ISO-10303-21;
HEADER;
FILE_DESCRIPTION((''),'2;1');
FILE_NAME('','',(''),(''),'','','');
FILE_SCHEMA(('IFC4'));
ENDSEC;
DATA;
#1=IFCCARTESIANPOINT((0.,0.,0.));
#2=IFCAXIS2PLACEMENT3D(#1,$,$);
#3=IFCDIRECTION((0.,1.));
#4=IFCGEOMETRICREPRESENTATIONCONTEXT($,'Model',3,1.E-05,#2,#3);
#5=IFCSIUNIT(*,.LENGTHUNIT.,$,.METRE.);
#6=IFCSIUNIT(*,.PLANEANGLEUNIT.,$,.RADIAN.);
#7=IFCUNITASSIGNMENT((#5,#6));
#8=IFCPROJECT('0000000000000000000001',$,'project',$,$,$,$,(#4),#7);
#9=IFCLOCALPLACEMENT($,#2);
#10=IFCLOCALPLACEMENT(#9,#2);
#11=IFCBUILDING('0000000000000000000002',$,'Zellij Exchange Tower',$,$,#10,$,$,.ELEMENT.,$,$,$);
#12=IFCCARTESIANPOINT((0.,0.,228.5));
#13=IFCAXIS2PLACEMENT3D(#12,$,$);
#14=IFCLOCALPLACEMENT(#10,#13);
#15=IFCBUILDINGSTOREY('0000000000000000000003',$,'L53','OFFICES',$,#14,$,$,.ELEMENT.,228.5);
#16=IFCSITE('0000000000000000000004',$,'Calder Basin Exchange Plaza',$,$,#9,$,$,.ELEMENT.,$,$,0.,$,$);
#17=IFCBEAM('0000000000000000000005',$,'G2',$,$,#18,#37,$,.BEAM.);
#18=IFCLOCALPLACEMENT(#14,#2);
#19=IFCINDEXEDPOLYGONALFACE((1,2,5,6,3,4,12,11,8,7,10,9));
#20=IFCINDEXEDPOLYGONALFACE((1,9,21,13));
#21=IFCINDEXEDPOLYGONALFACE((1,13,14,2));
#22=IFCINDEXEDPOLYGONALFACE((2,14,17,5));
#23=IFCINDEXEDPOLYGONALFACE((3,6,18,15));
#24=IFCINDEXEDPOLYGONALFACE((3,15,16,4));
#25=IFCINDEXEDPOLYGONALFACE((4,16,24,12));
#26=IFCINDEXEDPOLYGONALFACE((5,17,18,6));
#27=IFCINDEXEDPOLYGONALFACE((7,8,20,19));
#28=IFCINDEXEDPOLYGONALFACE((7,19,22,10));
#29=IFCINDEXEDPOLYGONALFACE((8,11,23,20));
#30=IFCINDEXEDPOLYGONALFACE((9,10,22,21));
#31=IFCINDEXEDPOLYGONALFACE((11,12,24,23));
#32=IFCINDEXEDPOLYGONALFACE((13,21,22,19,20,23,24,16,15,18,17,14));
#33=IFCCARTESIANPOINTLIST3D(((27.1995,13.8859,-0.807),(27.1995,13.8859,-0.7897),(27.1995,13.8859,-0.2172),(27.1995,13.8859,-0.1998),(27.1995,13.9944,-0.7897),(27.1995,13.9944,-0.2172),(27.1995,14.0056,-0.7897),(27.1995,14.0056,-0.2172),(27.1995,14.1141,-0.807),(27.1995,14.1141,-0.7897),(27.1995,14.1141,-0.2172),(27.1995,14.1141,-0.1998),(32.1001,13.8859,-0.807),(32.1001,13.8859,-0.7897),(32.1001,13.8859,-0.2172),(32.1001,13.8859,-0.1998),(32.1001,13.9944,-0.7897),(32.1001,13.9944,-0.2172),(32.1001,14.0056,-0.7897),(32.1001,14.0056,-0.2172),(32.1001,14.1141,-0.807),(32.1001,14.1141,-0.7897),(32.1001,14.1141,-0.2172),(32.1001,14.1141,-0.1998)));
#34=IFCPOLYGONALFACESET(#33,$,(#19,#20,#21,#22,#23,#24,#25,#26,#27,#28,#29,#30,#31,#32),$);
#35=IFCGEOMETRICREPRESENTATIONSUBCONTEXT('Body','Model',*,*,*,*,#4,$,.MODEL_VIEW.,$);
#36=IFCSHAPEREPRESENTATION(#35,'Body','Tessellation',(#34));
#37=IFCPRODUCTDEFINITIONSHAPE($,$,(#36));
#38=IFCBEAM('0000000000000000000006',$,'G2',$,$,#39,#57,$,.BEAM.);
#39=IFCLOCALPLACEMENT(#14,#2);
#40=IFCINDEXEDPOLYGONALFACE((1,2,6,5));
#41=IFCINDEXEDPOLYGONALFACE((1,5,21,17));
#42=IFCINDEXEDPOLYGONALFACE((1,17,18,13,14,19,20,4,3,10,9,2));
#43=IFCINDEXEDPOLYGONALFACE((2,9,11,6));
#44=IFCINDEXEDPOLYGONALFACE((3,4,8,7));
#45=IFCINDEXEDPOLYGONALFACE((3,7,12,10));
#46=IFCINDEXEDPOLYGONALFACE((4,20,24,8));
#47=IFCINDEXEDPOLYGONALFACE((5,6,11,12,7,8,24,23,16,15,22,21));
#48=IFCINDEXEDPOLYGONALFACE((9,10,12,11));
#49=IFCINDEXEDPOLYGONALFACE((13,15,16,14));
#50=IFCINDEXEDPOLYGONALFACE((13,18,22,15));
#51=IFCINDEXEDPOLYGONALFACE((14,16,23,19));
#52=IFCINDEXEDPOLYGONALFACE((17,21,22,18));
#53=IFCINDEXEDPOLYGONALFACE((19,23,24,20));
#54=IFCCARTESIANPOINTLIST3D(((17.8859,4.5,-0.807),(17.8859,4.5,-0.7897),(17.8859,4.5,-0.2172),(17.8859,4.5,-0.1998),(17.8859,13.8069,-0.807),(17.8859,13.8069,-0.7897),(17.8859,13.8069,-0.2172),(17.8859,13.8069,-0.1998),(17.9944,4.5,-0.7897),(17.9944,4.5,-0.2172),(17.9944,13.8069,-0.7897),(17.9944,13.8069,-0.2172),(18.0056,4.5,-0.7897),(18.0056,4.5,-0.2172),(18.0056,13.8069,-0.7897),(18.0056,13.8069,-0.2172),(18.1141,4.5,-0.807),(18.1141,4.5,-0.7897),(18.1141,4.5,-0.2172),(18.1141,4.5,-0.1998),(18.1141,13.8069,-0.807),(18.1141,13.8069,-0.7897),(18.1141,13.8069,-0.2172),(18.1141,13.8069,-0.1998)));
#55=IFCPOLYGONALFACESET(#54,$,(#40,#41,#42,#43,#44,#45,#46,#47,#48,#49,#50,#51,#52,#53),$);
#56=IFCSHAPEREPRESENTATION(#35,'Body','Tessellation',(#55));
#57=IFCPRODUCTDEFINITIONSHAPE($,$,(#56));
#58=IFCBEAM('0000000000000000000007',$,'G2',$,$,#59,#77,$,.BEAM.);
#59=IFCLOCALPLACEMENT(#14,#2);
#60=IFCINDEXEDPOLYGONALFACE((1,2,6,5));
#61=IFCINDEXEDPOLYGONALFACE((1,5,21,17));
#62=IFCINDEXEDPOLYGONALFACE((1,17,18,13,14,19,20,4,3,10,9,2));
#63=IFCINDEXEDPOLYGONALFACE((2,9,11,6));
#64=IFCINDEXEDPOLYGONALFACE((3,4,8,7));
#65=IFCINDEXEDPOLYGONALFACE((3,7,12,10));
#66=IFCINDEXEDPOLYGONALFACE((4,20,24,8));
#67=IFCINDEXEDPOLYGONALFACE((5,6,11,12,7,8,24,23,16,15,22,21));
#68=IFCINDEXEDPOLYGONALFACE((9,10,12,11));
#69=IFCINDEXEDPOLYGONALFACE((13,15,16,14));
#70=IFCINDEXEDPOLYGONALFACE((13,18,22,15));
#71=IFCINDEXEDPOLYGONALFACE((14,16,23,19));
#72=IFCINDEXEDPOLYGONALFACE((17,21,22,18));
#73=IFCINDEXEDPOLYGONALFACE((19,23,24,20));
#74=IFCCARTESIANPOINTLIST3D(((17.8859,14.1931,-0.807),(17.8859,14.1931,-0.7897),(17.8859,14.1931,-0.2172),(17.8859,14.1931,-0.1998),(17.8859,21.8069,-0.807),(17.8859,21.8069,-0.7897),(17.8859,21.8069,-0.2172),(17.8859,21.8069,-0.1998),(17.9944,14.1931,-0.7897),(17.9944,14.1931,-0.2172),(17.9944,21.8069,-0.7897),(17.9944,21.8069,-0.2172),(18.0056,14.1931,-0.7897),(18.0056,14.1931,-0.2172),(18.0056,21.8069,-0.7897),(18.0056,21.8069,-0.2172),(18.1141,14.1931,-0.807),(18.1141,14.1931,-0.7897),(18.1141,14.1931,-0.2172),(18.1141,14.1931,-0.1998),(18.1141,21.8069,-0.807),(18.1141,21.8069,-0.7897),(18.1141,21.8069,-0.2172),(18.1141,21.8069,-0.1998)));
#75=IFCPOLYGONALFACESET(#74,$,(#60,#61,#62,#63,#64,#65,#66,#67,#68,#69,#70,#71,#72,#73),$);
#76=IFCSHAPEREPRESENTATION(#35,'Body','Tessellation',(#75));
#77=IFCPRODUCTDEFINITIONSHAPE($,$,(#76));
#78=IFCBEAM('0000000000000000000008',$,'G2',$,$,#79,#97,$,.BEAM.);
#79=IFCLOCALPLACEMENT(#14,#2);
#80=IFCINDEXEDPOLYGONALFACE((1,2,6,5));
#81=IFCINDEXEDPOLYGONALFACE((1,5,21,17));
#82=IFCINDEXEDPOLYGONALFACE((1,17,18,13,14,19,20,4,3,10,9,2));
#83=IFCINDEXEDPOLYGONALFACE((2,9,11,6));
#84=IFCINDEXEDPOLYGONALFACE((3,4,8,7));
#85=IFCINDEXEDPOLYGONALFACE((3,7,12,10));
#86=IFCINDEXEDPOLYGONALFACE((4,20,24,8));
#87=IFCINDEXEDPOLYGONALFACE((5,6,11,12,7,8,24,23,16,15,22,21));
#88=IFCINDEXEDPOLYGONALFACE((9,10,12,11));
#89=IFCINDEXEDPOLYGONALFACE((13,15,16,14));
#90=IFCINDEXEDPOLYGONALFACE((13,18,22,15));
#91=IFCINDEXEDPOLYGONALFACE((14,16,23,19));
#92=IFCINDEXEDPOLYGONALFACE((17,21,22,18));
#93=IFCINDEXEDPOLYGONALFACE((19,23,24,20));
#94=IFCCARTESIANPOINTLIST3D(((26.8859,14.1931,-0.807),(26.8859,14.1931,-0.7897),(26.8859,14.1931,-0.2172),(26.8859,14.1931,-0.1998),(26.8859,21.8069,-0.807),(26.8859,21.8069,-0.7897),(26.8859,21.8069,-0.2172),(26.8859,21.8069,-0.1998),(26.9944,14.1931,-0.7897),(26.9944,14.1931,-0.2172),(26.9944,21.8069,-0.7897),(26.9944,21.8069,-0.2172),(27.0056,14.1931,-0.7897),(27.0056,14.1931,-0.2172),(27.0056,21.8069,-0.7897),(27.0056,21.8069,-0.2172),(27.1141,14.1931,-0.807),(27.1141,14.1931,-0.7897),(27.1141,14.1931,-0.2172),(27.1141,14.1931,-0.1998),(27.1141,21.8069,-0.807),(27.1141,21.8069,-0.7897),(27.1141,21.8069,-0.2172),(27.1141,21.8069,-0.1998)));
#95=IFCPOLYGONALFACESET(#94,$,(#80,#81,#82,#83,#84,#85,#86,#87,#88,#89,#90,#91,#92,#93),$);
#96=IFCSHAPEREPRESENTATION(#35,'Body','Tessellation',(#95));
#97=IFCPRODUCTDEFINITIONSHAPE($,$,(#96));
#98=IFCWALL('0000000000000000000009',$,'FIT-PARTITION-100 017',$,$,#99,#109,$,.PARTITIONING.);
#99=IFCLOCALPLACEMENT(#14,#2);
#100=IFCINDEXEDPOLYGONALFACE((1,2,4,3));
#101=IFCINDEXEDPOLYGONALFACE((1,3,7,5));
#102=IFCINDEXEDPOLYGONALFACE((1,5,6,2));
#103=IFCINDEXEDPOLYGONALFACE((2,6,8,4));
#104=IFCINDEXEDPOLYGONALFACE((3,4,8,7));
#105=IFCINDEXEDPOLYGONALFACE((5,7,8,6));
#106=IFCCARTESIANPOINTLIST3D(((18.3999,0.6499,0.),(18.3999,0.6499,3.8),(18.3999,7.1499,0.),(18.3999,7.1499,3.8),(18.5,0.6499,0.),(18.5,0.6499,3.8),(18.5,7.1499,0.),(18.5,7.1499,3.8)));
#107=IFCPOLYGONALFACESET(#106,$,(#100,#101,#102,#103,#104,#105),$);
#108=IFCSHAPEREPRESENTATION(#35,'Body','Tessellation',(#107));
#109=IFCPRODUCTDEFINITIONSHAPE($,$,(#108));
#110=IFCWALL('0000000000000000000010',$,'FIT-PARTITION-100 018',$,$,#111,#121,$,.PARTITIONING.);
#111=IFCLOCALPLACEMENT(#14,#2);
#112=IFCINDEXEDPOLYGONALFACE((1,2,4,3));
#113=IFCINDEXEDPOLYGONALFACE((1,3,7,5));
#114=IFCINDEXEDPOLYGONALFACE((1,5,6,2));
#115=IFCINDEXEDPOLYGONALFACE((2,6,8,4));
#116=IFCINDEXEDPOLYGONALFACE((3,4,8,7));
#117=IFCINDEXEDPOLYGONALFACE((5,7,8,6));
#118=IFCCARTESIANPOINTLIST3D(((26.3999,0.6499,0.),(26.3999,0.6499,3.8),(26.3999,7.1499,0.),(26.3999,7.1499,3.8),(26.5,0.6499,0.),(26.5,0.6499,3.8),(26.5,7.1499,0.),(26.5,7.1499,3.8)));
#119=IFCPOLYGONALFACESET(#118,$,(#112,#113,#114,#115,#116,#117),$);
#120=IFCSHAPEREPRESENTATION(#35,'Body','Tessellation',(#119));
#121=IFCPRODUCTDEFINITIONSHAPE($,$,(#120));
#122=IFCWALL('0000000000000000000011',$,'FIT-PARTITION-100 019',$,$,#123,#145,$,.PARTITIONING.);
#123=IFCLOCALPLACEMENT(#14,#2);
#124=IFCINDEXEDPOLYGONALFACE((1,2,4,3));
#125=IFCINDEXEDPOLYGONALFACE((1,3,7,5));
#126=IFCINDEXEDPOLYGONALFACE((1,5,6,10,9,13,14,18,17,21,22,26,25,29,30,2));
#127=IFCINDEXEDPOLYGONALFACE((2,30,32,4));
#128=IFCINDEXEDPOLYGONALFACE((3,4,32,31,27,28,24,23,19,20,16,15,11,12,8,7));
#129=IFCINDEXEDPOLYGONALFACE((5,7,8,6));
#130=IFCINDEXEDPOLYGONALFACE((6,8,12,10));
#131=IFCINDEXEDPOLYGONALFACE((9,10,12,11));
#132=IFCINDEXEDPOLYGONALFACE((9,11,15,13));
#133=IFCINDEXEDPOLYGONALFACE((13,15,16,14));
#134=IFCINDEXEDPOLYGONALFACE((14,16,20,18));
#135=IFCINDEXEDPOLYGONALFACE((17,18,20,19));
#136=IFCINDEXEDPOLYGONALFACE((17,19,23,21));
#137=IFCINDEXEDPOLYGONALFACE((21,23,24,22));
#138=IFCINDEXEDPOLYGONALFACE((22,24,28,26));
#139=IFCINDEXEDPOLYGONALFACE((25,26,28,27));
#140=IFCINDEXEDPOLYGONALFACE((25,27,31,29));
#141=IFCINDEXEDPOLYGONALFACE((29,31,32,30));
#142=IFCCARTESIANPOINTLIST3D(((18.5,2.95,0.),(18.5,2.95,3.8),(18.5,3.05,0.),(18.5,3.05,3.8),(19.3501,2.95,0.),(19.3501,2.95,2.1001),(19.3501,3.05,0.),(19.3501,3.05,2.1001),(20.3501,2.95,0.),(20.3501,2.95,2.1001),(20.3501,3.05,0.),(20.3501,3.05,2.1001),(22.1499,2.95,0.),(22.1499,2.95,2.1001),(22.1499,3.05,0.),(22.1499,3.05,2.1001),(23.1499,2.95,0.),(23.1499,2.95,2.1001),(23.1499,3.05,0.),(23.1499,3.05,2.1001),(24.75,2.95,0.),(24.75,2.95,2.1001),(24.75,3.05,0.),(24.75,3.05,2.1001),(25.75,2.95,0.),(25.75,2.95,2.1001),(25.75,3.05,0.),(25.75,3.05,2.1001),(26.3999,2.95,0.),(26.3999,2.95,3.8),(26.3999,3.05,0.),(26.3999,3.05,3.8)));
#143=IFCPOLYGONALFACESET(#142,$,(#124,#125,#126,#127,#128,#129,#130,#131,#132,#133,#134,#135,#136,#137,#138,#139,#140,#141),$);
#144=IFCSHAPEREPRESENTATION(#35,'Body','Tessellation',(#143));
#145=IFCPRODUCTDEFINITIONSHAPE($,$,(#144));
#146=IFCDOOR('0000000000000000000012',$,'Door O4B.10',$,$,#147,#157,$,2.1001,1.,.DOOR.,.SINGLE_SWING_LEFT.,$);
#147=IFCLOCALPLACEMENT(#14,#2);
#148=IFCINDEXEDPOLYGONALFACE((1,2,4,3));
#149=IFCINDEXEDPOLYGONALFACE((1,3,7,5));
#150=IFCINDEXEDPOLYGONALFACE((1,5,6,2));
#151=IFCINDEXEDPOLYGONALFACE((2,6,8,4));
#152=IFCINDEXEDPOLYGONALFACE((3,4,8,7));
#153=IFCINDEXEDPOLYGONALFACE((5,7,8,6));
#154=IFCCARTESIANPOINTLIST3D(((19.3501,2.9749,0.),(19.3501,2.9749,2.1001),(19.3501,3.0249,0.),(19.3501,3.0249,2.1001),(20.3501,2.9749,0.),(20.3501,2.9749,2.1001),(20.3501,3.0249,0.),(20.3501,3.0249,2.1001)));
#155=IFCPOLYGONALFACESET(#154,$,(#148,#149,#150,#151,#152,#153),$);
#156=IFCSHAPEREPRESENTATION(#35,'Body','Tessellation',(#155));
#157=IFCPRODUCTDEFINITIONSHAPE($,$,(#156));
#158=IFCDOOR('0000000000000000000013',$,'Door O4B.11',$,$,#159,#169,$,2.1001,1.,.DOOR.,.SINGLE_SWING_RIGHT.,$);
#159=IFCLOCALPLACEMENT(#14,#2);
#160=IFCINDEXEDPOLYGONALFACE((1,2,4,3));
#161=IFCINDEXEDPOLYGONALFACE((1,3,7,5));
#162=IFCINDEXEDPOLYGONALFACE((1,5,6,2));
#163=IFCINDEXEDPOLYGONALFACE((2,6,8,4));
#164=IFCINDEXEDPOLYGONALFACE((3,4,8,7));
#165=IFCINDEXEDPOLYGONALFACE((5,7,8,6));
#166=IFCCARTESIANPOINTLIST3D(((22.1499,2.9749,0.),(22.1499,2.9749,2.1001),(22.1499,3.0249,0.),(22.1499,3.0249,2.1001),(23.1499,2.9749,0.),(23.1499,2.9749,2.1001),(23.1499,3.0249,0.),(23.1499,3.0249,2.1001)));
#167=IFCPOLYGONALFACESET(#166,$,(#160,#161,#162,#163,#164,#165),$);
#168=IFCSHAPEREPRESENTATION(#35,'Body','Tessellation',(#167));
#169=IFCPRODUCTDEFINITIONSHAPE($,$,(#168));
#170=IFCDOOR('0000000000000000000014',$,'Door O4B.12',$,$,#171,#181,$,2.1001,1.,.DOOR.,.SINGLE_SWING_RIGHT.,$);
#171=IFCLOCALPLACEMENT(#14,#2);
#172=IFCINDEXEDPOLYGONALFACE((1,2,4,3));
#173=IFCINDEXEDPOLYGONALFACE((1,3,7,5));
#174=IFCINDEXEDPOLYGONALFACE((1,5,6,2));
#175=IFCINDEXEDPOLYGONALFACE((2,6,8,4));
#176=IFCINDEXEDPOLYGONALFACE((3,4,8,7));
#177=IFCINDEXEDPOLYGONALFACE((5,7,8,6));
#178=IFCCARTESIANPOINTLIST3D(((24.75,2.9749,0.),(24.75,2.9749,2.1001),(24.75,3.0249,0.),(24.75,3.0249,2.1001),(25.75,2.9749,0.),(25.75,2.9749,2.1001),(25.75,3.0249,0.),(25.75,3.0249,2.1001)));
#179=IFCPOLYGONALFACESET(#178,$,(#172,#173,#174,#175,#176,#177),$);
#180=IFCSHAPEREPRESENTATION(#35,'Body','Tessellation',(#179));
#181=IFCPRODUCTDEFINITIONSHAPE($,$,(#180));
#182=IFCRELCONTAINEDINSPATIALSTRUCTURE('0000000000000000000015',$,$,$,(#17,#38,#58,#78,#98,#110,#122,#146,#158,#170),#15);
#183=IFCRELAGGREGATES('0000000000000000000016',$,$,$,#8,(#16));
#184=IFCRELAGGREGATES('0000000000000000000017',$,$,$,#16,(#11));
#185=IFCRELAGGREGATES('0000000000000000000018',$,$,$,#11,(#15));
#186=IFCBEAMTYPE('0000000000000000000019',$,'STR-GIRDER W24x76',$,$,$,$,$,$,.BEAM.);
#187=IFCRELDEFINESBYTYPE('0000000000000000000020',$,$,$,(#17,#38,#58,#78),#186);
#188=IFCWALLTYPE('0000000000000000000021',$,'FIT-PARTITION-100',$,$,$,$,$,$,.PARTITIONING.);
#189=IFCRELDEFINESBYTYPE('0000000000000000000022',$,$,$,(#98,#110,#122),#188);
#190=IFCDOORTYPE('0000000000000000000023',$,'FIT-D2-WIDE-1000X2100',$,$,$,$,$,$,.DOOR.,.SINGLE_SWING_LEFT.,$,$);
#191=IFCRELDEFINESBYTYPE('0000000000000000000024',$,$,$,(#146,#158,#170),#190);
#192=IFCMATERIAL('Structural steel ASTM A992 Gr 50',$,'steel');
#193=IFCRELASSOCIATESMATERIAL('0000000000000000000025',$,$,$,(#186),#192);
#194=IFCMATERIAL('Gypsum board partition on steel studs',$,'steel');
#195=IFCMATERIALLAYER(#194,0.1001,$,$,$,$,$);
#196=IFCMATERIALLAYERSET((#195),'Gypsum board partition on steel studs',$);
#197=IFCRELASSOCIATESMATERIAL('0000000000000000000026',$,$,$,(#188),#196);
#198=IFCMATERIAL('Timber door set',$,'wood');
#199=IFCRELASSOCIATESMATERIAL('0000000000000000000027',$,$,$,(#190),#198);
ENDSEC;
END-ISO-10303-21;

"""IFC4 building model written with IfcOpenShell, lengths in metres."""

from ifc_helpers import new_model, si_unit, direction, frame, frame_2d, origin, origin_2d, place, context, subcontext, project, spatial, rectangle, i_section, extrude, material, layer, layer_set, material_profile, profile_set, type_object, element, fill, save


model = new_model("IFC4")

# Units and contexts
model_context = context("Model", 3, precision=1e-05, world=origin(), true_north=direction((0.0, 1.0)))
body_context = subcontext(model_context, "Body", "Model", "MODEL_VIEW")
ifc_project = project(units=[si_unit("LENGTHUNIT", "METRE"), si_unit("PLANEANGLEUNIT", "RADIAN")], contexts=[model_context])

# Site, building, storey
site_placement = place(None, origin())
site = spatial("IfcSite", under=ifc_project, at=site_placement, Name="Calder Basin Exchange Plaza", CompositionType="ELEMENT", RefElevation=0.0)
building_placement = place(site_placement, origin())
building = spatial("IfcBuilding", under=site, at=building_placement, Name="Zellij Exchange Tower", CompositionType="ELEMENT")
storey_placement = place(building_placement, frame((0.0, 0.0, 228.5)))
storey = spatial("IfcBuildingStorey", under=building, at=storey_placement, Name="L53", Description="OFFICES", CompositionType="ELEMENT", Elevation=228.5)

# Shared definitions
ifc_material_1 = material(Name="Structural steel ASTM A992 Gr 50", Category="steel")

# Beams
ifc_material_profile_1 = material_profile(ifc_material_1, i_section(OverallWidth=0.2283, OverallDepth=0.6072, WebThickness=0.0112, FlangeThickness=0.0173, at=origin_2d()), Name="W24x76")
ifc_profile_set_1 = profile_set([ifc_material_profile_1], Name="Structural steel ASTM A992 Gr 50")
beam_type_1 = type_object("IfcBeamType", Name="STR-GIRDER W24x76", PredefinedType="BEAM", material=ifc_profile_set_1)
beam_1_placement = place(storey_placement, frame((27.1995, 14.0, -0.5034), z_axis=(1.0, 0.0, 0.0), x_axis=(0.0, 1.0, 0.0)))
element("IfcBeam", 1, at=beam_1_placement, inside=storey, type_object=beam_type_1, Name="G2", PredefinedType="BEAM", context=body_context, shape_type="SweptSolid", body=[
    extrude(i_section(OverallWidth=0.2283, OverallDepth=0.6072, WebThickness=0.0112, FlangeThickness=0.0173, at=origin_2d()), origin(), (0.0, 0.0, 1.0), 4.9006),
])
beam_2_placement = place(storey_placement, frame((18.0, 4.5, -0.5034), z_axis=(0.0, 1.0, 0.0), x_axis=(-1.0, 0.0, 0.0)))
element("IfcBeam", 2, at=beam_2_placement, inside=storey, type_object=beam_type_1, Name="G2", PredefinedType="BEAM", context=body_context, shape_type="SweptSolid", body=[
    extrude(i_section(OverallWidth=0.2283, OverallDepth=0.6072, WebThickness=0.0112, FlangeThickness=0.0173, at=origin_2d()), origin(), (0.0, 0.0, 1.0), 9.3069),
])
for number, where, z_axis, x_axis, name in (
    (3, (18.0, 14.1931, -0.5034), (0.0, 1.0, 0.0), (-1.0, 0.0, 0.0), "G2"),
    (4, (27.0, 14.1931, -0.5034), (0.0, 1.0, 0.0), (-1.0, 0.0, 0.0), "G2"),
):
    element("IfcBeam", number, at=place(storey_placement, frame(where, z_axis=z_axis, x_axis=x_axis)), inside=storey, type_object=beam_type_1, Name=name, PredefinedType="BEAM", context=body_context, shape_type="SweptSolid", body=[
        extrude(i_section(OverallWidth=0.2283, OverallDepth=0.6072, WebThickness=0.0112, FlangeThickness=0.0173, at=origin_2d()), origin(), (0.0, 0.0, 1.0), 7.6138),
    ])

# Walls
ifc_material_2 = material(Name="Gypsum board partition on steel studs", Category="steel")
ifc_layer = layer(ifc_material_2, 0.1001)
ifc_layer_set = layer_set([ifc_layer], Name="Gypsum board partition on steel studs")
wall_type = type_object("IfcWallType", Name="FIT-PARTITION-100", PredefinedType="PARTITIONING", material=ifc_layer_set)
for number, where, z_axis, x_axis, name in (
    (5, (18.45, 0.6499, 0.0), (0.0, 0.0, 1.0), (0.0, 1.0, 0.0), "FIT-PARTITION-100 017"),
    (6, (26.45, 0.6499, 0.0), (0.0, 0.0, 1.0), (0.0, 1.0, 0.0), "FIT-PARTITION-100 018"),
):
    element("IfcWall", number, at=place(storey_placement, frame(where, z_axis=z_axis, x_axis=x_axis)), inside=storey, type_object=wall_type, Name=name, PredefinedType="PARTITIONING", context=body_context, shape_type="SweptSolid", body=[
        extrude(rectangle(XDim=6.5, YDim=0.1001, at=frame_2d((3.25, 0.0))), origin(), (0.0, 0.0, 1.0), 3.8),
    ])

# Wall, openings, doors
wall_1_placement = place(storey_placement, frame((18.5, 3.0, 0.0), z_axis=(0.0, 0.0, 1.0), x_axis=(1.0, 0.0, 0.0)))
wall_1 = element("IfcWall", 7, at=wall_1_placement, inside=storey, type_object=wall_type, Name="FIT-PARTITION-100 019", PredefinedType="PARTITIONING", context=body_context, shape_type="SweptSolid", body=[
    extrude(rectangle(XDim=7.8999, YDim=0.1001, at=frame_2d((3.95, 0.0))), origin(), (0.0, 0.0, 1.0), 3.8),
])
opening_1_placement = place(wall_1_placement, frame((0.8501, 0.0, 0.0)))
opening_1 = element("IfcOpeningElement", 8, at=opening_1_placement, cuts=wall_1, PredefinedType="OPENING", context=body_context, shape_type="SweptSolid", body=[
    extrude(rectangle(XDim=1.0, YDim=2.1001, at=frame_2d((0.5, 1.05))), frame((0.0, 0.062, 0.0), z_axis=(0.0, -1.0, 0.0), x_axis=(1.0, 0.0, 0.0)), (0.0, 0.0, 1.0), 0.124),
])
opening_2_placement = place(wall_1_placement, frame((3.6499, 0.0, 0.0)))
opening_2 = element("IfcOpeningElement", 9, at=opening_2_placement, cuts=wall_1, PredefinedType="OPENING", context=body_context, shape_type="SweptSolid", body=[
    extrude(rectangle(XDim=1.0, YDim=2.1001, at=frame_2d((0.5, 1.05))), frame((0.0, 0.062, 0.0), z_axis=(0.0, -1.0, 0.0), x_axis=(1.0, 0.0, 0.0)), (0.0, 0.0, 1.0), 0.124),
])
opening_3_placement = place(wall_1_placement, frame((6.25, 0.0, 0.0)))
opening_3 = element("IfcOpeningElement", 10, at=opening_3_placement, cuts=wall_1, PredefinedType="OPENING", context=body_context, shape_type="SweptSolid", body=[
    extrude(rectangle(XDim=1.0, YDim=2.1001, at=frame_2d((0.5, 1.05))), frame((0.0, 0.062, 0.0), z_axis=(0.0, -1.0, 0.0), x_axis=(1.0, 0.0, 0.0)), (0.0, 0.0, 1.0), 0.124),
])
ifc_material_3 = material(Name="Timber door set", Category="wood")
door_type_1 = type_object("IfcDoorType", Name="FIT-D2-WIDE-1000X2100", OperationType="SINGLE_SWING_LEFT", PredefinedType="DOOR", material=ifc_material_3)
door_1_placement = place(opening_1_placement, origin())
door_1 = element("IfcDoor", 11, at=door_1_placement, inside=storey, type_object=door_type_1, Name="Door O4B.10", OperationType="SINGLE_SWING_LEFT", OverallHeight=2.1001, OverallWidth=1.0, PredefinedType="DOOR", context=body_context, shape_type="SweptSolid", body=[
    extrude(rectangle(XDim=1.0, YDim=2.1001, at=frame_2d((0.5, 1.05))), frame((0.0, 0.0249, 0.0), z_axis=(0.0, -1.0, 0.0), x_axis=(1.0, 0.0, 0.0)), (0.0, 0.0, 1.0), 0.05),
])
fill(opening_1, door_1)
door_2_placement = place(opening_2_placement, origin())
door_2 = element("IfcDoor", 12, at=door_2_placement, inside=storey, type_object=door_type_1, Name="Door O4B.11", OperationType="SINGLE_SWING_RIGHT", OverallHeight=2.1001, OverallWidth=1.0, PredefinedType="DOOR", context=body_context, shape_type="SweptSolid", body=[
    extrude(rectangle(XDim=1.0, YDim=2.1001, at=frame_2d((0.5, 1.05))), frame((0.0, 0.0249, 0.0), z_axis=(0.0, -1.0, 0.0), x_axis=(1.0, 0.0, 0.0)), (0.0, 0.0, 1.0), 0.05),
])
fill(opening_2, door_2)
door_3_placement = place(opening_3_placement, origin())
door_3 = element("IfcDoor", 13, at=door_3_placement, inside=storey, type_object=door_type_1, Name="Door O4B.12", OperationType="SINGLE_SWING_RIGHT", OverallHeight=2.1001, OverallWidth=1.0, PredefinedType="DOOR", context=body_context, shape_type="SweptSolid", body=[
    extrude(rectangle(XDim=1.0, YDim=2.1001, at=frame_2d((0.5, 1.05))), frame((0.0, 0.0249, 0.0), z_axis=(0.0, -1.0, 0.0), x_axis=(1.0, 0.0, 0.0)), (0.0, 0.0, 1.0), 0.05),
])
fill(opening_3, door_3)

save(model, "model.ifc")
